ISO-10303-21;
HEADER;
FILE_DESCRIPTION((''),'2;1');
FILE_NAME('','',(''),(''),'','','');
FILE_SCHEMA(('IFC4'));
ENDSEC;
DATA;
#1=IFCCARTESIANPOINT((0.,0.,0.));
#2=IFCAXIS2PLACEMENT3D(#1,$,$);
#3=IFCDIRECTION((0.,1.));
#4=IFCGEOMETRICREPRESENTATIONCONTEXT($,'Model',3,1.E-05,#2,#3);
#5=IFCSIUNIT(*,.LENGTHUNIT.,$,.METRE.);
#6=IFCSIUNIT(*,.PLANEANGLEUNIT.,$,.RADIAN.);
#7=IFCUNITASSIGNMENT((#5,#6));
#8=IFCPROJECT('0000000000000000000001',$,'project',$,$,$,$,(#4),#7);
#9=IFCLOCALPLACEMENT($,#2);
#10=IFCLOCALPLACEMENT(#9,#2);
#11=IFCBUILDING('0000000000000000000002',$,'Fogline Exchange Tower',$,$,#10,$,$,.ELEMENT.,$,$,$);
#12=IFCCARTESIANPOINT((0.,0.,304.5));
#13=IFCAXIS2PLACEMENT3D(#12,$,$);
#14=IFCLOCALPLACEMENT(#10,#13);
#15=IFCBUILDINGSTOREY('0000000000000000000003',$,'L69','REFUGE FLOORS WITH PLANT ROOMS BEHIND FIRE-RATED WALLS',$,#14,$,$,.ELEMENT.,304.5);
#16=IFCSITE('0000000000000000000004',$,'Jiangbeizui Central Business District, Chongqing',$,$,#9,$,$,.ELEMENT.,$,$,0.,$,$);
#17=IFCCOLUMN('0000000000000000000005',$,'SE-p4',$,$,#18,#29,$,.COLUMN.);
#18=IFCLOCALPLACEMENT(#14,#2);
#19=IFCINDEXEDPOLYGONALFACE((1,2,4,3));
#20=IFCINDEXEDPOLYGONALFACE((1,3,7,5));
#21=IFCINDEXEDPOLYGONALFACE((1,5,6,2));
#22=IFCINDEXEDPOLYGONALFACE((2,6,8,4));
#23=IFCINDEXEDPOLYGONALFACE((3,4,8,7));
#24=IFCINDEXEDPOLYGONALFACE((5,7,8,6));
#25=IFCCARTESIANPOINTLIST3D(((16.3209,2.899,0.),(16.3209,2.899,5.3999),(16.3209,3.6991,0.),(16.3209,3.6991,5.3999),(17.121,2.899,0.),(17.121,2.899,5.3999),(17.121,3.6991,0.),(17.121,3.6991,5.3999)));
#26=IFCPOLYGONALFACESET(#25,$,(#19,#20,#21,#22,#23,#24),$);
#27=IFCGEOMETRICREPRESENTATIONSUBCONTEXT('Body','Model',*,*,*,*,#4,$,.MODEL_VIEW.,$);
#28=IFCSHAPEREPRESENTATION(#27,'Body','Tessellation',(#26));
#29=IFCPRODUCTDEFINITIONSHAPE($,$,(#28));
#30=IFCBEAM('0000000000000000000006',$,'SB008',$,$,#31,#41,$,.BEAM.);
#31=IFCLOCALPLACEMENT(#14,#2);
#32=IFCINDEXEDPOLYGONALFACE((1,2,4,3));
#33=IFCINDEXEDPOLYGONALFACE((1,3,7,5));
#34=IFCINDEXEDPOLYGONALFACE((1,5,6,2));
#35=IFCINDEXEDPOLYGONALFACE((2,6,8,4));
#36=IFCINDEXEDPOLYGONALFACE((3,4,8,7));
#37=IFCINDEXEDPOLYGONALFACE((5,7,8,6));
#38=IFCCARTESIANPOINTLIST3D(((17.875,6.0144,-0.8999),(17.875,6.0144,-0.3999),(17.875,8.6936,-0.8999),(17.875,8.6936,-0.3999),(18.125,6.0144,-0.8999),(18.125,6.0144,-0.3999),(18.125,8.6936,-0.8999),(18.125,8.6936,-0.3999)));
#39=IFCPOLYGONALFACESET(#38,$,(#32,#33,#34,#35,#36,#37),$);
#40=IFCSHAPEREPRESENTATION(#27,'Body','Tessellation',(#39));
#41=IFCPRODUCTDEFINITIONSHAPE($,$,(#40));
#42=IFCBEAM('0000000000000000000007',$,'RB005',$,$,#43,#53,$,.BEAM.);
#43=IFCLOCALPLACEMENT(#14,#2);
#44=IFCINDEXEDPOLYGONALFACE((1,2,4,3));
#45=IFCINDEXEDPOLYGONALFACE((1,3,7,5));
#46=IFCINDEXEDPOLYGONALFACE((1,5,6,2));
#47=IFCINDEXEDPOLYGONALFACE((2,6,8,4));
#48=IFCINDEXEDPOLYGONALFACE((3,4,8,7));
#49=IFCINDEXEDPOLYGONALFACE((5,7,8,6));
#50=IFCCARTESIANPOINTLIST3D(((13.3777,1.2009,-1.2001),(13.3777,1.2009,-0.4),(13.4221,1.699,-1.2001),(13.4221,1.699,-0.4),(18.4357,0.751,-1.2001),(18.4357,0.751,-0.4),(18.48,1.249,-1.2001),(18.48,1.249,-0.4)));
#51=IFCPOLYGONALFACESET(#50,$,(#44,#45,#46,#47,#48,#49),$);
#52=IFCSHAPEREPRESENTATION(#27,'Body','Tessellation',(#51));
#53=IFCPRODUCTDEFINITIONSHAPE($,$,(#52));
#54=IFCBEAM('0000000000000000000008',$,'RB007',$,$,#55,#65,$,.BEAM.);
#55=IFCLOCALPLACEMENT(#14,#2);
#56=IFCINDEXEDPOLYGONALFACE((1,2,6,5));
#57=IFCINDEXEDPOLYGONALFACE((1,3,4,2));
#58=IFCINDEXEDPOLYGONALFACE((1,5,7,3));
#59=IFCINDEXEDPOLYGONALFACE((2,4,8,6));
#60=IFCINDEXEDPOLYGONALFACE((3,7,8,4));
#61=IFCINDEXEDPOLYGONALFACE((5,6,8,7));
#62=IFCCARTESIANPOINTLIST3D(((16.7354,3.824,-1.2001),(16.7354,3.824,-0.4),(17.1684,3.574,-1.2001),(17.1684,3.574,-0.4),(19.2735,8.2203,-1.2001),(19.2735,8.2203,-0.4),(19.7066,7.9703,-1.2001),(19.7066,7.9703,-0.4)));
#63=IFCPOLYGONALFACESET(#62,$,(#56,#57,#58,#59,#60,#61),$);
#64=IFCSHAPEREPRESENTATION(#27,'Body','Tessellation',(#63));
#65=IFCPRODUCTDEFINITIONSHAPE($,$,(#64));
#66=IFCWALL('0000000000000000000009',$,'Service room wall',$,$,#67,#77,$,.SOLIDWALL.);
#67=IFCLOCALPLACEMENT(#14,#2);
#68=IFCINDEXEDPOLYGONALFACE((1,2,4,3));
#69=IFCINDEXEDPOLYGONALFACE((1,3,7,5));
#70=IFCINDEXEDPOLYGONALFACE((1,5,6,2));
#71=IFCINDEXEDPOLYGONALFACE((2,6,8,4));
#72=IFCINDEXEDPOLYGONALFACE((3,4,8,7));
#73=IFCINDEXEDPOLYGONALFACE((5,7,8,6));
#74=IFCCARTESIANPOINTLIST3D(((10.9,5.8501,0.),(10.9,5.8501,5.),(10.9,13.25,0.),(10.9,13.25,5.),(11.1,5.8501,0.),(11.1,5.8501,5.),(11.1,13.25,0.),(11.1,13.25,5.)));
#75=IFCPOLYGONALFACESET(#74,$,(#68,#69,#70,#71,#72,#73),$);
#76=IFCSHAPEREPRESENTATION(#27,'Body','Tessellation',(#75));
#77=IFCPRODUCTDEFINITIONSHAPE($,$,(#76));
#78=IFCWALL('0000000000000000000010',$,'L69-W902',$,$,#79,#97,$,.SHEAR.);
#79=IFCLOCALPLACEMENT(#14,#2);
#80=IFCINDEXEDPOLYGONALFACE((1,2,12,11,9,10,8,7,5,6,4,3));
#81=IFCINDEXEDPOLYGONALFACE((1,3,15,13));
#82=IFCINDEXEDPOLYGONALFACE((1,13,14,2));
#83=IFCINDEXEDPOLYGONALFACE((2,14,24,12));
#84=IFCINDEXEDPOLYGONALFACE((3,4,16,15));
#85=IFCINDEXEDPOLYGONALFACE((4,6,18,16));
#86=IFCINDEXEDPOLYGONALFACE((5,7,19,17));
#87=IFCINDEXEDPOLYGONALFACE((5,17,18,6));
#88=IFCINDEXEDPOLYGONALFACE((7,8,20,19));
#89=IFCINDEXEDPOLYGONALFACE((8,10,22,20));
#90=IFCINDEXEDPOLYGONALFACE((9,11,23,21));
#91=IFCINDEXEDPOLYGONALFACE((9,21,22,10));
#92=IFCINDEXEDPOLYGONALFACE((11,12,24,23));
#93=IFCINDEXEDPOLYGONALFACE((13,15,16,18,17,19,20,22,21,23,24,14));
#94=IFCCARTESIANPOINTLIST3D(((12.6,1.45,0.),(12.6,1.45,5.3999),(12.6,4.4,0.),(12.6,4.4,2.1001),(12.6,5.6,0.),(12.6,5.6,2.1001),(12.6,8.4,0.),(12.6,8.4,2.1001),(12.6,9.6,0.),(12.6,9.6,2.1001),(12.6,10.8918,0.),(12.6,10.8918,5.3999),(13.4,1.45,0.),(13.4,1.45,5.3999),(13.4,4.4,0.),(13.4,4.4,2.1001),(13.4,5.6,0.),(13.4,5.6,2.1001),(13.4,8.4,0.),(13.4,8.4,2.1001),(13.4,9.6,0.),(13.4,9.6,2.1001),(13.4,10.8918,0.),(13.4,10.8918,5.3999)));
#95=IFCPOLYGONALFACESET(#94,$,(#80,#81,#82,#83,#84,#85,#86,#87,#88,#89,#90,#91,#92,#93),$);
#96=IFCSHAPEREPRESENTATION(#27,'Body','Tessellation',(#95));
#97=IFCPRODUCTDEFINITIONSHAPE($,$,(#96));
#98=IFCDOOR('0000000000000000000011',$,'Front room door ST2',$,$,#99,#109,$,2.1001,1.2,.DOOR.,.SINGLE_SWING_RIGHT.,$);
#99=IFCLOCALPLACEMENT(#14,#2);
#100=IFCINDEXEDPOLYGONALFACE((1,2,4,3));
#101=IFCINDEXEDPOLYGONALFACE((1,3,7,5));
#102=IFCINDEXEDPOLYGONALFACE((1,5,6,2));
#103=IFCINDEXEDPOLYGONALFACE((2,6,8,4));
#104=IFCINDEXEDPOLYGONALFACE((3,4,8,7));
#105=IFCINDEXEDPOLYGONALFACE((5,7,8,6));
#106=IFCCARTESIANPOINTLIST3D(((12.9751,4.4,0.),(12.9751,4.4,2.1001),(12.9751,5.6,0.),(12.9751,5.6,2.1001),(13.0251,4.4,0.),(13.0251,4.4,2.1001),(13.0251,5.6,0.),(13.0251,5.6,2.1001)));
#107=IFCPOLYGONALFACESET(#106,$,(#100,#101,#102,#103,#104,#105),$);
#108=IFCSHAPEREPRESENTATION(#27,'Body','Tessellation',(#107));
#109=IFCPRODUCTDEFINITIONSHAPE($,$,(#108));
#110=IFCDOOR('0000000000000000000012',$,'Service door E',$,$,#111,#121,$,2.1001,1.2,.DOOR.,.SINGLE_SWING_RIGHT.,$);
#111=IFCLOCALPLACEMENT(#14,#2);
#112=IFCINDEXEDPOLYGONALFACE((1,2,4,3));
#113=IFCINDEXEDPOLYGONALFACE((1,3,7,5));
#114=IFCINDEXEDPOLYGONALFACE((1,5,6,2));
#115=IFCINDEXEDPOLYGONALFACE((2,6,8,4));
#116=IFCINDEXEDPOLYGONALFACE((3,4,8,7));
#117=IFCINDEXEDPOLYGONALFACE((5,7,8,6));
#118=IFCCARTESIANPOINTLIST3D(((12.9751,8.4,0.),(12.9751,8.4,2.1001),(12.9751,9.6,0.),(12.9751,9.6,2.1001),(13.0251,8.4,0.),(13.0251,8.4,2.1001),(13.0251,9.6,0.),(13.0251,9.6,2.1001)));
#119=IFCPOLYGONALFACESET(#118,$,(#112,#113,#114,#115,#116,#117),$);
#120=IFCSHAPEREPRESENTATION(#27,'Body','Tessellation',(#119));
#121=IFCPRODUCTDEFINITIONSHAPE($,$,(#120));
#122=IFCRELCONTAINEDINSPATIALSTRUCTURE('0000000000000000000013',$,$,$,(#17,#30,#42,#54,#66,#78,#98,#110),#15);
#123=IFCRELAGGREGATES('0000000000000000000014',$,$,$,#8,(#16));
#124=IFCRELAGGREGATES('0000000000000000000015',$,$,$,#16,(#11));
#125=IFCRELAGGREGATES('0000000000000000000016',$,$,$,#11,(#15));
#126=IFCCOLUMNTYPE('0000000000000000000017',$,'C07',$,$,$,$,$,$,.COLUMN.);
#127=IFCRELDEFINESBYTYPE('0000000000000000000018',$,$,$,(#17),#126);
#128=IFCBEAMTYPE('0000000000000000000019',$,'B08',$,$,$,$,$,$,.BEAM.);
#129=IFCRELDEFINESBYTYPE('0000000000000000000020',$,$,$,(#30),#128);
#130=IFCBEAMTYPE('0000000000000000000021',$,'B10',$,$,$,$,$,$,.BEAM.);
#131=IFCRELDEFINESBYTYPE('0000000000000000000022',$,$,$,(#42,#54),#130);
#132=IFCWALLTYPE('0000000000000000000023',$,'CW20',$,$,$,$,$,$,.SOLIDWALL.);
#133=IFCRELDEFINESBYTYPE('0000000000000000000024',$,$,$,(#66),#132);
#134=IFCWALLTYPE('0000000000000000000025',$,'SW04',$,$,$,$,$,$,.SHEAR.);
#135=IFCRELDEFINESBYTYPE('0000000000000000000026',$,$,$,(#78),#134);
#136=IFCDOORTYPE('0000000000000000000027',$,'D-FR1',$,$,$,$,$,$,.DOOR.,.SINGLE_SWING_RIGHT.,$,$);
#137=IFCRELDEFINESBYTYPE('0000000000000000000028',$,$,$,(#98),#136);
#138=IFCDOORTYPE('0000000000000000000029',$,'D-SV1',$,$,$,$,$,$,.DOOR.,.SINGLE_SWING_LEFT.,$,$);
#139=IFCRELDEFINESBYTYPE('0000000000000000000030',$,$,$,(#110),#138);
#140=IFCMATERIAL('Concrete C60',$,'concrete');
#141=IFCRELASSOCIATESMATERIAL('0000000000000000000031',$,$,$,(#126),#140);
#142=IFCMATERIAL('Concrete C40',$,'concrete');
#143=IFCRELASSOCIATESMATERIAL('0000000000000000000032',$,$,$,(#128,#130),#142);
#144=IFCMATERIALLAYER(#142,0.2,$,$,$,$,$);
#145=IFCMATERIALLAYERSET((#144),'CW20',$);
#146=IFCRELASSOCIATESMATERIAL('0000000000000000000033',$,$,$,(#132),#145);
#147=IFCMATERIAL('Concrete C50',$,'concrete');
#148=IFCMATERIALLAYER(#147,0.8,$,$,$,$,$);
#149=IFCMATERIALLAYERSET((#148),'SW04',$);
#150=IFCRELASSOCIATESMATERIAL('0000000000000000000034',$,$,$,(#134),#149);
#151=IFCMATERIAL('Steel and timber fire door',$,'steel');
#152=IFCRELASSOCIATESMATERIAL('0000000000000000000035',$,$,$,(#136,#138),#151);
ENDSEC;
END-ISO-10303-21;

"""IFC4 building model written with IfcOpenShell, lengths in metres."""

from ifc_helpers import new_model, si_unit, direction, frame, frame_2d, origin, origin_2d, place, context, subcontext, project, spatial, rectangle, extrude, material, layer, layer_set, material_profile, profile_set, type_object, element, fill, save


model = new_model("IFC4")

# Units and contexts
model_context = context("Model", 3, precision=1e-05, world=origin(), true_north=direction((0.0, 1.0)))
body_context = subcontext(model_context, "Body", "Model", "MODEL_VIEW")
ifc_project = project(units=[si_unit("LENGTHUNIT", "METRE"), si_unit("PLANEANGLEUNIT", "RADIAN")], contexts=[model_context])

# Site, building, storey
site_placement = place(None, origin())
site = spatial("IfcSite", under=ifc_project, at=site_placement, Name="Jiangbeizui Central Business District, Chongqing", CompositionType="ELEMENT", RefElevation=0.0)
building_placement = place(site_placement, origin())
building = spatial("IfcBuilding", under=site, at=building_placement, Name="Fogline Exchange Tower", CompositionType="ELEMENT")
storey_placement = place(building_placement, frame((0.0, 0.0, 304.5)))
storey = spatial("IfcBuildingStorey", under=building, at=storey_placement, Name="L69", Description="REFUGE FLOORS WITH PLANT ROOMS BEHIND FIRE-RATED WALLS", CompositionType="ELEMENT", Elevation=304.5)

# Column
ifc_material_1 = material(Name="Concrete C60", Category="concrete")
ifc_material_profile_1 = material_profile(ifc_material_1, rectangle(XDim=0.8, YDim=0.8, at=origin_2d()), Name="RC 800x800")
ifc_profile_set_1 = profile_set([ifc_material_profile_1], Name="Concrete C60")
column_type = type_object("IfcColumnType", Name="C07", PredefinedType="COLUMN", material=ifc_profile_set_1)
column_placement = place(storey_placement, frame((16.7209, 3.2991, 0.0), z_axis=(0.0, 0.0, 1.0), x_axis=(1.0, 0.0, 0.0)))
element("IfcColumn", 1, at=column_placement, inside=storey, type_object=column_type, Name="SE-p4", PredefinedType="COLUMN", context=body_context, shape_type="SweptSolid", body=[
    extrude(rectangle(XDim=0.8, YDim=0.8, at=origin_2d()), origin(), (0.0, 0.0, 1.0), 5.3999),
])

# Beams
ifc_material_2 = material(Name="Concrete C40", Category="concrete")
ifc_material_profile_2 = material_profile(ifc_material_2, rectangle(XDim=0.25, YDim=0.5, at=origin_2d()), Name="RC 250x500")
ifc_profile_set_2 = profile_set([ifc_material_profile_2], Name="Concrete C40")
beam_type_1 = type_object("IfcBeamType", Name="B08", PredefinedType="BEAM", material=ifc_profile_set_2)
beam_1_placement = place(storey_placement, frame((18.0, 6.0144, -0.6499), z_axis=(0.0, 1.0, 0.0), x_axis=(-1.0, 0.0, 0.0)))
element("IfcBeam", 2, at=beam_1_placement, inside=storey, type_object=beam_type_1, Name="SB008", PredefinedType="BEAM", context=body_context, shape_type="SweptSolid", body=[
    extrude(rectangle(XDim=0.25, YDim=0.5, at=origin_2d()), origin(), (0.0, 0.0, 1.0), 2.6792),
])
ifc_material_profile_3 = material_profile(ifc_material_2, rectangle(XDim=0.5, YDim=0.8, at=origin_2d()), Name="RC 500x800")
ifc_profile_set_3 = profile_set([ifc_material_profile_3], Name="Concrete C40")
beam_type_2 = type_object("IfcBeamType", Name="B10", PredefinedType="BEAM", material=ifc_profile_set_3)
beam_2_placement = place(storey_placement, frame((13.3999, 1.45, -0.8), z_axis=(0.996066, -0.088611, 0.0), x_axis=(0.088611, 0.996066, 0.0)))
element("IfcBeam", 3, at=beam_2_placement, inside=storey, type_object=beam_type_2, Name="RB005", PredefinedType="BEAM", context=body_context, shape_type="SweptSolid", body=[
    extrude(rectangle(XDim=0.5, YDim=0.8, at=origin_2d()), origin(), (0.0, 0.0, 1.0), 5.0779),
])
beam_3_placement = place(storey_placement, frame((16.9519, 3.699, -0.8), z_axis=(0.499988, 0.866033, 0.0), x_axis=(-0.866033, 0.499988, 0.0)))
element("IfcBeam", 4, at=beam_3_placement, inside=storey, type_object=beam_type_2, Name="RB007", PredefinedType="BEAM", context=body_context, shape_type="SweptSolid", body=[
    extrude(rectangle(XDim=0.5, YDim=0.8, at=origin_2d()), origin(), (0.0, 0.0, 1.0), 5.0764),
])

# Wall
ifc_layer_1 = layer(ifc_material_2, 0.2)
ifc_layer_set_1 = layer_set([ifc_layer_1], Name="CW20")
wall_type_1 = type_object("IfcWallType", Name="CW20", PredefinedType="SOLIDWALL", material=ifc_layer_set_1)
wall_1_placement = place(storey_placement, frame((11.0, 5.8501, 0.0), z_axis=(0.0, 0.0, 1.0), x_axis=(0.0, 1.0, 0.0)))
element("IfcWall", 5, at=wall_1_placement, inside=storey, type_object=wall_type_1, Name="Service room wall", PredefinedType="SOLIDWALL", context=body_context, shape_type="SweptSolid", body=[
    extrude(rectangle(XDim=7.3999, YDim=0.2, at=frame_2d((3.7, 0.0))), origin(), (0.0, 0.0, 1.0), 5.0),
])

# Wall, openings, doors
ifc_material_3 = material(Name="Concrete C50", Category="concrete")
ifc_layer_2 = layer(ifc_material_3, 0.8)
ifc_layer_set_2 = layer_set([ifc_layer_2], Name="SW04")
wall_type_2 = type_object("IfcWallType", Name="SW04", PredefinedType="SHEAR", material=ifc_layer_set_2)
wall_2_placement = place(storey_placement, frame((13.0, 1.45, 0.0), z_axis=(0.0, 0.0, 1.0), x_axis=(0.0, 1.0, 0.0)))
wall_2 = element("IfcWall", 6, at=wall_2_placement, inside=storey, type_object=wall_type_2, Name="L69-W902", PredefinedType="SHEAR", context=body_context, shape_type="SweptSolid", body=[
    extrude(rectangle(XDim=9.4419, YDim=0.8, at=frame_2d((4.7209, 0.0))), origin(), (0.0, 0.0, 1.0), 5.3999),
])
opening_1_placement = place(wall_2_placement, frame((2.95, 0.0, 0.0)))
opening_1 = element("IfcOpeningElement", 7, at=opening_1_placement, cuts=wall_2, PredefinedType="OPENING", context=body_context, shape_type="SweptSolid", body=[
    extrude(rectangle(XDim=1.2, YDim=2.1001, at=frame_2d((0.6001, 1.05))), frame((0.0, 0.4102, 0.0), z_axis=(0.0, -1.0, 0.0), x_axis=(1.0, 0.0, 0.0)), (0.0, 0.0, 1.0), 0.8201),
])
opening_2_placement = place(wall_2_placement, frame((6.95, 0.0, 0.0)))
opening_2 = element("IfcOpeningElement", 8, at=opening_2_placement, cuts=wall_2, PredefinedType="OPENING", context=body_context, shape_type="SweptSolid", body=[
    extrude(rectangle(XDim=1.2, YDim=2.1001, at=frame_2d((0.6001, 1.05))), frame((0.0, 0.4102, 0.0), z_axis=(0.0, -1.0, 0.0), x_axis=(1.0, 0.0, 0.0)), (0.0, 0.0, 1.0), 0.8201),
])
ifc_material_4 = material(Name="Steel and timber fire door", Category="steel")
door_type_1 = type_object("IfcDoorType", Name="D-FR1", OperationType="SINGLE_SWING_RIGHT", PredefinedType="DOOR", material=ifc_material_4)
door_1_placement = place(opening_1_placement, origin())
door_1 = element("IfcDoor", 9, at=door_1_placement, inside=storey, type_object=door_type_1, Name="Front room door ST2", OperationType="SINGLE_SWING_RIGHT", OverallHeight=2.1001, OverallWidth=1.2, PredefinedType="DOOR", context=body_context, shape_type="SweptSolid", body=[
    extrude(rectangle(XDim=1.2, YDim=2.1001, at=frame_2d((0.6001, 1.05))), frame((0.0, 0.0249, 0.0), z_axis=(0.0, -1.0, 0.0), x_axis=(1.0, 0.0, 0.0)), (0.0, 0.0, 1.0), 0.05),
])
fill(opening_1, door_1)
door_type_2 = type_object("IfcDoorType", Name="D-SV1", OperationType="SINGLE_SWING_LEFT", PredefinedType="DOOR", material=ifc_material_4)
door_2_placement = place(opening_2_placement, origin())
door_2 = element("IfcDoor", 10, at=door_2_placement, inside=storey, type_object=door_type_2, Name="Service door E", OperationType="SINGLE_SWING_RIGHT", OverallHeight=2.1001, OverallWidth=1.2, PredefinedType="DOOR", context=body_context, shape_type="SweptSolid", body=[
    extrude(rectangle(XDim=1.2, YDim=2.1001, at=frame_2d((0.6001, 1.05))), frame((0.0, 0.0249, 0.0), z_axis=(0.0, -1.0, 0.0), x_axis=(1.0, 0.0, 0.0)), (0.0, 0.0, 1.0), 0.05),
])
fill(opening_2, door_2)

save(model, "model.ifc")
